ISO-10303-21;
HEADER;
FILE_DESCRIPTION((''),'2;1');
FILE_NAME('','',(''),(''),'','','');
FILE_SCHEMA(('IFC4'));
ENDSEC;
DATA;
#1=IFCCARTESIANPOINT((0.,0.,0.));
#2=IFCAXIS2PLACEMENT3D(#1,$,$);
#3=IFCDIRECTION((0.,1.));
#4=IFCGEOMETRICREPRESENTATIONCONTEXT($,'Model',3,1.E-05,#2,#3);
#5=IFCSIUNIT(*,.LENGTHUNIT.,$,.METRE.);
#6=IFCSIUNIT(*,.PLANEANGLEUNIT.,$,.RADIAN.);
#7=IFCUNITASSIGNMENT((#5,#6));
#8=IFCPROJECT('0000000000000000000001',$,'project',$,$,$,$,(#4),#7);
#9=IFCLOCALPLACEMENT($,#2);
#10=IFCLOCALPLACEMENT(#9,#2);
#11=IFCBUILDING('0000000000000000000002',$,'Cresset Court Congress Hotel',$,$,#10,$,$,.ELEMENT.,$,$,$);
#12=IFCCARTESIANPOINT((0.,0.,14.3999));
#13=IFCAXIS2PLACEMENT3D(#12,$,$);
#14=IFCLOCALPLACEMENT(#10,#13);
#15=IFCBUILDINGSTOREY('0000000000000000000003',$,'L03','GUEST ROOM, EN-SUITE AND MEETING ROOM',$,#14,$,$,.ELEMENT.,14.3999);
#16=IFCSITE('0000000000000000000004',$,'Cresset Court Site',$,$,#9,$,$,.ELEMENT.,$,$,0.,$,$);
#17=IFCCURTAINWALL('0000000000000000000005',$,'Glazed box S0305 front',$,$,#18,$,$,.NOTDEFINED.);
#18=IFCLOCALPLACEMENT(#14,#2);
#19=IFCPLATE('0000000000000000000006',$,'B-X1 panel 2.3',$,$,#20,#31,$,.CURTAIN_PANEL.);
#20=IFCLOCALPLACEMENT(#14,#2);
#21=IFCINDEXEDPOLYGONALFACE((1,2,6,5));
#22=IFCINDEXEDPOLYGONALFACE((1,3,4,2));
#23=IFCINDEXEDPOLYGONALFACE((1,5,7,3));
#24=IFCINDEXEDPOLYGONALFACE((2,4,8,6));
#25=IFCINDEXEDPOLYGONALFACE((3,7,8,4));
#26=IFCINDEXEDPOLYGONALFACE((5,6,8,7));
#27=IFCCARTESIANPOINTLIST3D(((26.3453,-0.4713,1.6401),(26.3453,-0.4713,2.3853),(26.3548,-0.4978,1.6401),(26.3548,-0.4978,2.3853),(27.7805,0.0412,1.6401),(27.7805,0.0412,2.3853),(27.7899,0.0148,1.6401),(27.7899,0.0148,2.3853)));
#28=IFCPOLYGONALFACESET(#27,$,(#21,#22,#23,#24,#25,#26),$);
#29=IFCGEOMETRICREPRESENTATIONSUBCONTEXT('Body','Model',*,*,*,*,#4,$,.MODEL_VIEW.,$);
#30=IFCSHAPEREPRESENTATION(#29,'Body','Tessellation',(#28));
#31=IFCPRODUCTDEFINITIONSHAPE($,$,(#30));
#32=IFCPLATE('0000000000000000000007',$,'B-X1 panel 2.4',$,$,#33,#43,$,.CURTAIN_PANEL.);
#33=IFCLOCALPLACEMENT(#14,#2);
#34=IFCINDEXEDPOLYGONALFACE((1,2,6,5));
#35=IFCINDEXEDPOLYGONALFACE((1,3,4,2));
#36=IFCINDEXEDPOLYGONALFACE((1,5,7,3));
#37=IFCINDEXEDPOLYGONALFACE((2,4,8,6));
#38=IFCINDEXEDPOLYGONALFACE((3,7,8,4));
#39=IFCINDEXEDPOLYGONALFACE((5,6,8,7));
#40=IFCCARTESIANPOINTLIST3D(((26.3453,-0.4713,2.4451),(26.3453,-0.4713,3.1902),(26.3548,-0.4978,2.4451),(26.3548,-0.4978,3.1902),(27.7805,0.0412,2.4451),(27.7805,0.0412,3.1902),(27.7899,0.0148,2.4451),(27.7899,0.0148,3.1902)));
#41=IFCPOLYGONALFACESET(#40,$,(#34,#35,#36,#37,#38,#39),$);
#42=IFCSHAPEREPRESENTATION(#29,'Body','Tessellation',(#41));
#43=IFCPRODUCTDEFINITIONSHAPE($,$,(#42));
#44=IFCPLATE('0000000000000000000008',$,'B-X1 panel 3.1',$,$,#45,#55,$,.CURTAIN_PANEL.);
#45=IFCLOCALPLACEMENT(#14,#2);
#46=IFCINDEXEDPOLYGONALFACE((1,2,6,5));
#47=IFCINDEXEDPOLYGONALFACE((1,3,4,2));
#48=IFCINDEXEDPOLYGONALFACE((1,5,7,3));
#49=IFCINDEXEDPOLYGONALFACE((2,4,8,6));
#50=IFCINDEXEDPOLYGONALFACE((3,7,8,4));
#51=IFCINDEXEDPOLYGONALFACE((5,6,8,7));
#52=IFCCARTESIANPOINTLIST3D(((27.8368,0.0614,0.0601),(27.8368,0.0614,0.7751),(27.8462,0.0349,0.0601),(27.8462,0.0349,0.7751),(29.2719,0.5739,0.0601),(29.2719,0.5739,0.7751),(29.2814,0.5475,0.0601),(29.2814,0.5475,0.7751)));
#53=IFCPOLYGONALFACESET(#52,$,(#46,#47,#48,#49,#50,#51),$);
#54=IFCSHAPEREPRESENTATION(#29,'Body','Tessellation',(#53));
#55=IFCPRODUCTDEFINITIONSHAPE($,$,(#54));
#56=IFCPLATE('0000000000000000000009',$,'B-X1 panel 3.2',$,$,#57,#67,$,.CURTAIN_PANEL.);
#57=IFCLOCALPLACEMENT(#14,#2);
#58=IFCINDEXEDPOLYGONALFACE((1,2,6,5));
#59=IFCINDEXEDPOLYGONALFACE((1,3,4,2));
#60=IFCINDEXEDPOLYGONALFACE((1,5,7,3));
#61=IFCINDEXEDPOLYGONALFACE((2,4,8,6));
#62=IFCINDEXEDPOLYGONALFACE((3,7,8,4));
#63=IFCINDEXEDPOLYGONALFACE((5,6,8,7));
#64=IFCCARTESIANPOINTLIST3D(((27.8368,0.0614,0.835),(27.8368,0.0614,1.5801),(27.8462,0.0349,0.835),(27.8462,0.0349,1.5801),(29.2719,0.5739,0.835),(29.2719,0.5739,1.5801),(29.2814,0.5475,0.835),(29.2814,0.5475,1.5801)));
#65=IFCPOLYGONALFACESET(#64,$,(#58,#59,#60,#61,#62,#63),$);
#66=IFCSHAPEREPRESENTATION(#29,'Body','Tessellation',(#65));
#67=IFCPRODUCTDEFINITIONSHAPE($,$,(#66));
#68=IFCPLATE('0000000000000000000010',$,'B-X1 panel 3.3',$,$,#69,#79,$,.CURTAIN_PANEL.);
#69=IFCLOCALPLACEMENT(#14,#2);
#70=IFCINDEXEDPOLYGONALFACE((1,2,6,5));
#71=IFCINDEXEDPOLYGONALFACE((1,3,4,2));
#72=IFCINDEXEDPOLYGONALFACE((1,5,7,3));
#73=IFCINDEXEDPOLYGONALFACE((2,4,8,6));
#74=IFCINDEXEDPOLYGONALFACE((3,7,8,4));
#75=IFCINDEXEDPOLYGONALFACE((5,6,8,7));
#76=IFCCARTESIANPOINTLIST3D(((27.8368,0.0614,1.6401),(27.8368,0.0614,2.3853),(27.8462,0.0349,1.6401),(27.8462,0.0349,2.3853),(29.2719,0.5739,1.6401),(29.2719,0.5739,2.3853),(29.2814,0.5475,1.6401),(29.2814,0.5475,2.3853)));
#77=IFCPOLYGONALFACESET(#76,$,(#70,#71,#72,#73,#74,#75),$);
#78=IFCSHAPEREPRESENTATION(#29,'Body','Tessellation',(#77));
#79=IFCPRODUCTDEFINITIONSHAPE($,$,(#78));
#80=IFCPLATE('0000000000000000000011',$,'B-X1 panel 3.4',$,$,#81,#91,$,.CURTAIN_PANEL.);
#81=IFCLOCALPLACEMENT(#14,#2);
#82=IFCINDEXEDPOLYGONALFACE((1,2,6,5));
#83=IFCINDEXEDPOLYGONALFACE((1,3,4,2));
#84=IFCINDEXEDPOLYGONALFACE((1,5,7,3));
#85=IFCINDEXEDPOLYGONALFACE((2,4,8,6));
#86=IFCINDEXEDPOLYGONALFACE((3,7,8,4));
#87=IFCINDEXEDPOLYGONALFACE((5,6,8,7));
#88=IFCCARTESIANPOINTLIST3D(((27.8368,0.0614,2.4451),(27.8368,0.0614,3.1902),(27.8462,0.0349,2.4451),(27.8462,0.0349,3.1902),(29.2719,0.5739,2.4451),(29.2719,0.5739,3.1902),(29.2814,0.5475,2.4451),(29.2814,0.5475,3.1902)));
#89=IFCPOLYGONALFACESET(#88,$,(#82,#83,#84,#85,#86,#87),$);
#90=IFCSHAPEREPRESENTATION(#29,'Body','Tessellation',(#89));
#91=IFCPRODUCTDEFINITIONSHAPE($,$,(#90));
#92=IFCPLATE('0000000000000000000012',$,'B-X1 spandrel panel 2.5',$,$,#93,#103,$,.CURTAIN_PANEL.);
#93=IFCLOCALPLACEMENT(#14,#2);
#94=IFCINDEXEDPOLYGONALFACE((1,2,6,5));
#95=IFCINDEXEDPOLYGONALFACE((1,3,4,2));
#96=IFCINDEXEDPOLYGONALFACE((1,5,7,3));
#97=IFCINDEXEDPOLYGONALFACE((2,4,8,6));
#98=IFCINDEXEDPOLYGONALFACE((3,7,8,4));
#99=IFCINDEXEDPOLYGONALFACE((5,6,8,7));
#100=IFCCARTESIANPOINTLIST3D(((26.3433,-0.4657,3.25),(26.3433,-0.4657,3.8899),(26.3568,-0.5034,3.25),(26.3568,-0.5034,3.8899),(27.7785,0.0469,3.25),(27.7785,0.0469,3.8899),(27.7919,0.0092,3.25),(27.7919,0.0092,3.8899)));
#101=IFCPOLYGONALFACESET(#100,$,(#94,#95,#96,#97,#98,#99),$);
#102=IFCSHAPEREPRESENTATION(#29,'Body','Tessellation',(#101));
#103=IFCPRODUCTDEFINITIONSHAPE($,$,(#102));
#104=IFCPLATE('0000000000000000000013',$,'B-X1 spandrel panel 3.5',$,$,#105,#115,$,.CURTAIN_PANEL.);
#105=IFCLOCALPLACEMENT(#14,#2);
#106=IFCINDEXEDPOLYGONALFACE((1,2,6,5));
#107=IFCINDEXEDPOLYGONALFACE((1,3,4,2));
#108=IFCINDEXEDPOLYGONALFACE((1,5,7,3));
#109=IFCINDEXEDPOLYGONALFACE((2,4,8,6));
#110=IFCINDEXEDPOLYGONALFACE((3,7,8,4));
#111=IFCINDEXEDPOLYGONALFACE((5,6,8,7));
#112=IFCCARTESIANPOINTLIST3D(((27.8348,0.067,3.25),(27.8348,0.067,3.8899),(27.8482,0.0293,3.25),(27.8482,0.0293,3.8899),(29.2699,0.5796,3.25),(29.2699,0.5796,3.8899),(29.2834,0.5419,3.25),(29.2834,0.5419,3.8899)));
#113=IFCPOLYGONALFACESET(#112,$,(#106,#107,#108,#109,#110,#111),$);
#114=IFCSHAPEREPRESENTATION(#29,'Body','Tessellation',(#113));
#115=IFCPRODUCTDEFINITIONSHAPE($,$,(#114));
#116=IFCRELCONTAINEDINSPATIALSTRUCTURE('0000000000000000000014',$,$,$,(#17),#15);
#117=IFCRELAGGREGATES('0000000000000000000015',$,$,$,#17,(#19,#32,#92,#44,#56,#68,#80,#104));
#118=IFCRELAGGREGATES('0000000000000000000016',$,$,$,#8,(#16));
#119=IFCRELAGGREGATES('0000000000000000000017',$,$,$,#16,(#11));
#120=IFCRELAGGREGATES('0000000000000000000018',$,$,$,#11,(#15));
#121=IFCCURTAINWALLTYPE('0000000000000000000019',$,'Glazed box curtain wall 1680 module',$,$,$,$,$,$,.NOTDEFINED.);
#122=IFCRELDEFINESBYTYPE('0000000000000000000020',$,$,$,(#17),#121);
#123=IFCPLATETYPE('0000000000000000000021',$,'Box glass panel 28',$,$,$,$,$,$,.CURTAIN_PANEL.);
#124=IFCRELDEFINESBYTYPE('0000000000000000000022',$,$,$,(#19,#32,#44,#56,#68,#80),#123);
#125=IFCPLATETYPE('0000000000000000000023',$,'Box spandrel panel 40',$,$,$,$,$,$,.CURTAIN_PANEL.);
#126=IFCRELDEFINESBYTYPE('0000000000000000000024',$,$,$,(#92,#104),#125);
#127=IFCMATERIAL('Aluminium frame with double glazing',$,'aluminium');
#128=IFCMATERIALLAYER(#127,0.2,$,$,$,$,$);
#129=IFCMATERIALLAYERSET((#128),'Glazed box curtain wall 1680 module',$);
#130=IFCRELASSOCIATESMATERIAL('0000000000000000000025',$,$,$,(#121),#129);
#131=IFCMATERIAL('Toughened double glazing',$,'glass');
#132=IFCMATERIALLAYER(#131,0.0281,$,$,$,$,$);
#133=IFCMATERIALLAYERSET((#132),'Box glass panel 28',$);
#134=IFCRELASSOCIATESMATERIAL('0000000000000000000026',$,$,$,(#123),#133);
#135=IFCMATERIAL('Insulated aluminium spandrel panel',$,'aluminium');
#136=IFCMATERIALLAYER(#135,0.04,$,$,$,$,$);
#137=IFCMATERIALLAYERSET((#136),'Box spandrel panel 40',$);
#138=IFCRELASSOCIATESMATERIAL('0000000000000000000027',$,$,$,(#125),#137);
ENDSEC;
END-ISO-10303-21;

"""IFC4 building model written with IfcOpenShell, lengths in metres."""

from ifc_helpers import new_model, si_unit, direction, frame, origin, origin_2d, place, context, subcontext, project, spatial, rectangle, extrude, material, layer, layer_set, type_object, element, aggregate, save


model = new_model("IFC4")

# Units and contexts
model_context = context("Model", 3, precision=1e-05, world=origin(), true_north=direction((0.0, 1.0)))
body_context = subcontext(model_context, "Body", "Model", "MODEL_VIEW")
ifc_project = project(units=[si_unit("LENGTHUNIT", "METRE"), si_unit("PLANEANGLEUNIT", "RADIAN")], contexts=[model_context])

# Site, building, storey
site_placement = place(None, origin())
site = spatial("IfcSite", under=ifc_project, at=site_placement, Name="Cresset Court Site", CompositionType="ELEMENT", RefElevation=0.0)
building_placement = place(site_placement, origin())
building = spatial("IfcBuilding", under=site, at=building_placement, Name="Cresset Court Congress Hotel", CompositionType="ELEMENT")
storey_placement = place(building_placement, frame((0.0, 0.0, 14.3999)))
storey = spatial("IfcBuildingStorey", under=building, at=storey_placement, Name="L03", Description="GUEST ROOM, EN-SUITE AND MEETING ROOM", CompositionType="ELEMENT", Elevation=14.3999)

# Curtain wall, plates
ifc_material_1 = material(Name="Aluminium frame with double glazing", Category="aluminium")
ifc_layer_1 = layer(ifc_material_1, 0.2)
ifc_layer_set_1 = layer_set([ifc_layer_1], Name="Glazed box curtain wall 1680 module")
curtain_wall_type = type_object("IfcCurtainWallType", Name="Glazed box curtain wall 1680 module", PredefinedType="NOTDEFINED", material=ifc_layer_set_1)
curtain_wall_placement = place(storey_placement, origin())
curtain_wall = element("IfcCurtainWall", 1, at=curtain_wall_placement, inside=storey, type_object=curtain_wall_type, Name="Glazed box S0305 front", PredefinedType="NOTDEFINED")
ifc_material_2 = material(Name="Toughened double glazing", Category="glass")
ifc_layer_2 = layer(ifc_material_2, 0.0281)
ifc_layer_set_2 = layer_set([ifc_layer_2], Name="Box glass panel 28")
plate_type_1 = type_object("IfcPlateType", Name="Box glass panel 28", PredefinedType="CURTAIN_PANEL", material=ifc_layer_set_2)
plate_1_placement = place(storey_placement, frame((27.0676, -0.2283, 1.6401), z_axis=(0.0, 0.0, 1.0), x_axis=(0.941742, 0.336336, 0.0)))
plate_1 = element("IfcPlate", 2, at=plate_1_placement, type_object=plate_type_1, Name="B-X1 panel 2.3", PredefinedType="CURTAIN_PANEL", context=body_context, shape_type="SweptSolid", body=[
    extrude(rectangle(XDim=1.5239, YDim=0.0281, at=origin_2d()), origin(), (0.0, 0.0, 1.0), 0.7451),
])
plate_2_placement = place(storey_placement, frame((27.0676, -0.2283, 2.4451), z_axis=(0.0, 0.0, 1.0), x_axis=(0.941742, 0.336336, 0.0)))
plate_2 = element("IfcPlate", 3, at=plate_2_placement, type_object=plate_type_1, Name="B-X1 panel 2.4", PredefinedType="CURTAIN_PANEL", context=body_context, shape_type="SweptSolid", body=[
    extrude(rectangle(XDim=1.5239, YDim=0.0281, at=origin_2d()), origin(), (0.0, 0.0, 1.0), 0.7451),
])
plate_3_placement = place(storey_placement, frame((28.5591, 0.3044, 0.0601), z_axis=(0.0, 0.0, 1.0), x_axis=(0.941742, 0.336336, 0.0)))
plate_3 = element("IfcPlate", 4, at=plate_3_placement, type_object=plate_type_1, Name="B-X1 panel 3.1", PredefinedType="CURTAIN_PANEL", context=body_context, shape_type="SweptSolid", body=[
    extrude(rectangle(XDim=1.5239, YDim=0.0281, at=origin_2d()), origin(), (0.0, 0.0, 1.0), 0.7151),
])
plate_4_placement = place(storey_placement, frame((28.5591, 0.3044, 0.835), z_axis=(0.0, 0.0, 1.0), x_axis=(0.941742, 0.336336, 0.0)))
plate_4 = element("IfcPlate", 5, at=plate_4_placement, type_object=plate_type_1, Name="B-X1 panel 3.2", PredefinedType="CURTAIN_PANEL", context=body_context, shape_type="SweptSolid", body=[
    extrude(rectangle(XDim=1.5239, YDim=0.0281, at=origin_2d()), origin(), (0.0, 0.0, 1.0), 0.7451),
])
plate_5_placement = place(storey_placement, frame((28.5591, 0.3044, 1.6401), z_axis=(0.0, 0.0, 1.0), x_axis=(0.941742, 0.336336, 0.0)))
plate_5 = element("IfcPlate", 6, at=plate_5_placement, type_object=plate_type_1, Name="B-X1 panel 3.3", PredefinedType="CURTAIN_PANEL", context=body_context, shape_type="SweptSolid", body=[
    extrude(rectangle(XDim=1.5239, YDim=0.0281, at=origin_2d()), origin(), (0.0, 0.0, 1.0), 0.7451),
])
plate_6_placement = place(storey_placement, frame((28.5591, 0.3044, 2.4451), z_axis=(0.0, 0.0, 1.0), x_axis=(0.941742, 0.336336, 0.0)))
plate_6 = element("IfcPlate", 7, at=plate_6_placement, type_object=plate_type_1, Name="B-X1 panel 3.4", PredefinedType="CURTAIN_PANEL", context=body_context, shape_type="SweptSolid", body=[
    extrude(rectangle(XDim=1.5239, YDim=0.0281, at=origin_2d()), origin(), (0.0, 0.0, 1.0), 0.7451),
])
ifc_material_3 = material(Name="Insulated aluminium spandrel panel", Category="aluminium")
ifc_layer_3 = layer(ifc_material_3, 0.04)
ifc_layer_set_3 = layer_set([ifc_layer_3], Name="Box spandrel panel 40")
plate_type_2 = type_object("IfcPlateType", Name="Box spandrel panel 40", PredefinedType="CURTAIN_PANEL", material=ifc_layer_set_3)
plate_7_placement = place(storey_placement, frame((27.0676, -0.2283, 3.25), z_axis=(0.0, 0.0, 1.0), x_axis=(0.941742, 0.336336, 0.0)))
plate_7 = element("IfcPlate", 8, at=plate_7_placement, type_object=plate_type_2, Name="B-X1 spandrel panel 2.5", PredefinedType="CURTAIN_PANEL", context=body_context, shape_type="SweptSolid", body=[
    extrude(rectangle(XDim=1.5239, YDim=0.04, at=origin_2d()), origin(), (0.0, 0.0, 1.0), 0.6399),
])
plate_8_placement = place(storey_placement, frame((28.5591, 0.3044, 3.25), z_axis=(0.0, 0.0, 1.0), x_axis=(0.941742, 0.336336, 0.0)))
plate_8 = element("IfcPlate", 9, at=plate_8_placement, type_object=plate_type_2, Name="B-X1 spandrel panel 3.5", PredefinedType="CURTAIN_PANEL", context=body_context, shape_type="SweptSolid", body=[
    extrude(rectangle(XDim=1.5239, YDim=0.04, at=origin_2d()), origin(), (0.0, 0.0, 1.0), 0.6399),
])
aggregate(curtain_wall, [plate_1, plate_2, plate_7, plate_3, plate_4, plate_5, plate_6, plate_8])

save(model, "model.ifc")
